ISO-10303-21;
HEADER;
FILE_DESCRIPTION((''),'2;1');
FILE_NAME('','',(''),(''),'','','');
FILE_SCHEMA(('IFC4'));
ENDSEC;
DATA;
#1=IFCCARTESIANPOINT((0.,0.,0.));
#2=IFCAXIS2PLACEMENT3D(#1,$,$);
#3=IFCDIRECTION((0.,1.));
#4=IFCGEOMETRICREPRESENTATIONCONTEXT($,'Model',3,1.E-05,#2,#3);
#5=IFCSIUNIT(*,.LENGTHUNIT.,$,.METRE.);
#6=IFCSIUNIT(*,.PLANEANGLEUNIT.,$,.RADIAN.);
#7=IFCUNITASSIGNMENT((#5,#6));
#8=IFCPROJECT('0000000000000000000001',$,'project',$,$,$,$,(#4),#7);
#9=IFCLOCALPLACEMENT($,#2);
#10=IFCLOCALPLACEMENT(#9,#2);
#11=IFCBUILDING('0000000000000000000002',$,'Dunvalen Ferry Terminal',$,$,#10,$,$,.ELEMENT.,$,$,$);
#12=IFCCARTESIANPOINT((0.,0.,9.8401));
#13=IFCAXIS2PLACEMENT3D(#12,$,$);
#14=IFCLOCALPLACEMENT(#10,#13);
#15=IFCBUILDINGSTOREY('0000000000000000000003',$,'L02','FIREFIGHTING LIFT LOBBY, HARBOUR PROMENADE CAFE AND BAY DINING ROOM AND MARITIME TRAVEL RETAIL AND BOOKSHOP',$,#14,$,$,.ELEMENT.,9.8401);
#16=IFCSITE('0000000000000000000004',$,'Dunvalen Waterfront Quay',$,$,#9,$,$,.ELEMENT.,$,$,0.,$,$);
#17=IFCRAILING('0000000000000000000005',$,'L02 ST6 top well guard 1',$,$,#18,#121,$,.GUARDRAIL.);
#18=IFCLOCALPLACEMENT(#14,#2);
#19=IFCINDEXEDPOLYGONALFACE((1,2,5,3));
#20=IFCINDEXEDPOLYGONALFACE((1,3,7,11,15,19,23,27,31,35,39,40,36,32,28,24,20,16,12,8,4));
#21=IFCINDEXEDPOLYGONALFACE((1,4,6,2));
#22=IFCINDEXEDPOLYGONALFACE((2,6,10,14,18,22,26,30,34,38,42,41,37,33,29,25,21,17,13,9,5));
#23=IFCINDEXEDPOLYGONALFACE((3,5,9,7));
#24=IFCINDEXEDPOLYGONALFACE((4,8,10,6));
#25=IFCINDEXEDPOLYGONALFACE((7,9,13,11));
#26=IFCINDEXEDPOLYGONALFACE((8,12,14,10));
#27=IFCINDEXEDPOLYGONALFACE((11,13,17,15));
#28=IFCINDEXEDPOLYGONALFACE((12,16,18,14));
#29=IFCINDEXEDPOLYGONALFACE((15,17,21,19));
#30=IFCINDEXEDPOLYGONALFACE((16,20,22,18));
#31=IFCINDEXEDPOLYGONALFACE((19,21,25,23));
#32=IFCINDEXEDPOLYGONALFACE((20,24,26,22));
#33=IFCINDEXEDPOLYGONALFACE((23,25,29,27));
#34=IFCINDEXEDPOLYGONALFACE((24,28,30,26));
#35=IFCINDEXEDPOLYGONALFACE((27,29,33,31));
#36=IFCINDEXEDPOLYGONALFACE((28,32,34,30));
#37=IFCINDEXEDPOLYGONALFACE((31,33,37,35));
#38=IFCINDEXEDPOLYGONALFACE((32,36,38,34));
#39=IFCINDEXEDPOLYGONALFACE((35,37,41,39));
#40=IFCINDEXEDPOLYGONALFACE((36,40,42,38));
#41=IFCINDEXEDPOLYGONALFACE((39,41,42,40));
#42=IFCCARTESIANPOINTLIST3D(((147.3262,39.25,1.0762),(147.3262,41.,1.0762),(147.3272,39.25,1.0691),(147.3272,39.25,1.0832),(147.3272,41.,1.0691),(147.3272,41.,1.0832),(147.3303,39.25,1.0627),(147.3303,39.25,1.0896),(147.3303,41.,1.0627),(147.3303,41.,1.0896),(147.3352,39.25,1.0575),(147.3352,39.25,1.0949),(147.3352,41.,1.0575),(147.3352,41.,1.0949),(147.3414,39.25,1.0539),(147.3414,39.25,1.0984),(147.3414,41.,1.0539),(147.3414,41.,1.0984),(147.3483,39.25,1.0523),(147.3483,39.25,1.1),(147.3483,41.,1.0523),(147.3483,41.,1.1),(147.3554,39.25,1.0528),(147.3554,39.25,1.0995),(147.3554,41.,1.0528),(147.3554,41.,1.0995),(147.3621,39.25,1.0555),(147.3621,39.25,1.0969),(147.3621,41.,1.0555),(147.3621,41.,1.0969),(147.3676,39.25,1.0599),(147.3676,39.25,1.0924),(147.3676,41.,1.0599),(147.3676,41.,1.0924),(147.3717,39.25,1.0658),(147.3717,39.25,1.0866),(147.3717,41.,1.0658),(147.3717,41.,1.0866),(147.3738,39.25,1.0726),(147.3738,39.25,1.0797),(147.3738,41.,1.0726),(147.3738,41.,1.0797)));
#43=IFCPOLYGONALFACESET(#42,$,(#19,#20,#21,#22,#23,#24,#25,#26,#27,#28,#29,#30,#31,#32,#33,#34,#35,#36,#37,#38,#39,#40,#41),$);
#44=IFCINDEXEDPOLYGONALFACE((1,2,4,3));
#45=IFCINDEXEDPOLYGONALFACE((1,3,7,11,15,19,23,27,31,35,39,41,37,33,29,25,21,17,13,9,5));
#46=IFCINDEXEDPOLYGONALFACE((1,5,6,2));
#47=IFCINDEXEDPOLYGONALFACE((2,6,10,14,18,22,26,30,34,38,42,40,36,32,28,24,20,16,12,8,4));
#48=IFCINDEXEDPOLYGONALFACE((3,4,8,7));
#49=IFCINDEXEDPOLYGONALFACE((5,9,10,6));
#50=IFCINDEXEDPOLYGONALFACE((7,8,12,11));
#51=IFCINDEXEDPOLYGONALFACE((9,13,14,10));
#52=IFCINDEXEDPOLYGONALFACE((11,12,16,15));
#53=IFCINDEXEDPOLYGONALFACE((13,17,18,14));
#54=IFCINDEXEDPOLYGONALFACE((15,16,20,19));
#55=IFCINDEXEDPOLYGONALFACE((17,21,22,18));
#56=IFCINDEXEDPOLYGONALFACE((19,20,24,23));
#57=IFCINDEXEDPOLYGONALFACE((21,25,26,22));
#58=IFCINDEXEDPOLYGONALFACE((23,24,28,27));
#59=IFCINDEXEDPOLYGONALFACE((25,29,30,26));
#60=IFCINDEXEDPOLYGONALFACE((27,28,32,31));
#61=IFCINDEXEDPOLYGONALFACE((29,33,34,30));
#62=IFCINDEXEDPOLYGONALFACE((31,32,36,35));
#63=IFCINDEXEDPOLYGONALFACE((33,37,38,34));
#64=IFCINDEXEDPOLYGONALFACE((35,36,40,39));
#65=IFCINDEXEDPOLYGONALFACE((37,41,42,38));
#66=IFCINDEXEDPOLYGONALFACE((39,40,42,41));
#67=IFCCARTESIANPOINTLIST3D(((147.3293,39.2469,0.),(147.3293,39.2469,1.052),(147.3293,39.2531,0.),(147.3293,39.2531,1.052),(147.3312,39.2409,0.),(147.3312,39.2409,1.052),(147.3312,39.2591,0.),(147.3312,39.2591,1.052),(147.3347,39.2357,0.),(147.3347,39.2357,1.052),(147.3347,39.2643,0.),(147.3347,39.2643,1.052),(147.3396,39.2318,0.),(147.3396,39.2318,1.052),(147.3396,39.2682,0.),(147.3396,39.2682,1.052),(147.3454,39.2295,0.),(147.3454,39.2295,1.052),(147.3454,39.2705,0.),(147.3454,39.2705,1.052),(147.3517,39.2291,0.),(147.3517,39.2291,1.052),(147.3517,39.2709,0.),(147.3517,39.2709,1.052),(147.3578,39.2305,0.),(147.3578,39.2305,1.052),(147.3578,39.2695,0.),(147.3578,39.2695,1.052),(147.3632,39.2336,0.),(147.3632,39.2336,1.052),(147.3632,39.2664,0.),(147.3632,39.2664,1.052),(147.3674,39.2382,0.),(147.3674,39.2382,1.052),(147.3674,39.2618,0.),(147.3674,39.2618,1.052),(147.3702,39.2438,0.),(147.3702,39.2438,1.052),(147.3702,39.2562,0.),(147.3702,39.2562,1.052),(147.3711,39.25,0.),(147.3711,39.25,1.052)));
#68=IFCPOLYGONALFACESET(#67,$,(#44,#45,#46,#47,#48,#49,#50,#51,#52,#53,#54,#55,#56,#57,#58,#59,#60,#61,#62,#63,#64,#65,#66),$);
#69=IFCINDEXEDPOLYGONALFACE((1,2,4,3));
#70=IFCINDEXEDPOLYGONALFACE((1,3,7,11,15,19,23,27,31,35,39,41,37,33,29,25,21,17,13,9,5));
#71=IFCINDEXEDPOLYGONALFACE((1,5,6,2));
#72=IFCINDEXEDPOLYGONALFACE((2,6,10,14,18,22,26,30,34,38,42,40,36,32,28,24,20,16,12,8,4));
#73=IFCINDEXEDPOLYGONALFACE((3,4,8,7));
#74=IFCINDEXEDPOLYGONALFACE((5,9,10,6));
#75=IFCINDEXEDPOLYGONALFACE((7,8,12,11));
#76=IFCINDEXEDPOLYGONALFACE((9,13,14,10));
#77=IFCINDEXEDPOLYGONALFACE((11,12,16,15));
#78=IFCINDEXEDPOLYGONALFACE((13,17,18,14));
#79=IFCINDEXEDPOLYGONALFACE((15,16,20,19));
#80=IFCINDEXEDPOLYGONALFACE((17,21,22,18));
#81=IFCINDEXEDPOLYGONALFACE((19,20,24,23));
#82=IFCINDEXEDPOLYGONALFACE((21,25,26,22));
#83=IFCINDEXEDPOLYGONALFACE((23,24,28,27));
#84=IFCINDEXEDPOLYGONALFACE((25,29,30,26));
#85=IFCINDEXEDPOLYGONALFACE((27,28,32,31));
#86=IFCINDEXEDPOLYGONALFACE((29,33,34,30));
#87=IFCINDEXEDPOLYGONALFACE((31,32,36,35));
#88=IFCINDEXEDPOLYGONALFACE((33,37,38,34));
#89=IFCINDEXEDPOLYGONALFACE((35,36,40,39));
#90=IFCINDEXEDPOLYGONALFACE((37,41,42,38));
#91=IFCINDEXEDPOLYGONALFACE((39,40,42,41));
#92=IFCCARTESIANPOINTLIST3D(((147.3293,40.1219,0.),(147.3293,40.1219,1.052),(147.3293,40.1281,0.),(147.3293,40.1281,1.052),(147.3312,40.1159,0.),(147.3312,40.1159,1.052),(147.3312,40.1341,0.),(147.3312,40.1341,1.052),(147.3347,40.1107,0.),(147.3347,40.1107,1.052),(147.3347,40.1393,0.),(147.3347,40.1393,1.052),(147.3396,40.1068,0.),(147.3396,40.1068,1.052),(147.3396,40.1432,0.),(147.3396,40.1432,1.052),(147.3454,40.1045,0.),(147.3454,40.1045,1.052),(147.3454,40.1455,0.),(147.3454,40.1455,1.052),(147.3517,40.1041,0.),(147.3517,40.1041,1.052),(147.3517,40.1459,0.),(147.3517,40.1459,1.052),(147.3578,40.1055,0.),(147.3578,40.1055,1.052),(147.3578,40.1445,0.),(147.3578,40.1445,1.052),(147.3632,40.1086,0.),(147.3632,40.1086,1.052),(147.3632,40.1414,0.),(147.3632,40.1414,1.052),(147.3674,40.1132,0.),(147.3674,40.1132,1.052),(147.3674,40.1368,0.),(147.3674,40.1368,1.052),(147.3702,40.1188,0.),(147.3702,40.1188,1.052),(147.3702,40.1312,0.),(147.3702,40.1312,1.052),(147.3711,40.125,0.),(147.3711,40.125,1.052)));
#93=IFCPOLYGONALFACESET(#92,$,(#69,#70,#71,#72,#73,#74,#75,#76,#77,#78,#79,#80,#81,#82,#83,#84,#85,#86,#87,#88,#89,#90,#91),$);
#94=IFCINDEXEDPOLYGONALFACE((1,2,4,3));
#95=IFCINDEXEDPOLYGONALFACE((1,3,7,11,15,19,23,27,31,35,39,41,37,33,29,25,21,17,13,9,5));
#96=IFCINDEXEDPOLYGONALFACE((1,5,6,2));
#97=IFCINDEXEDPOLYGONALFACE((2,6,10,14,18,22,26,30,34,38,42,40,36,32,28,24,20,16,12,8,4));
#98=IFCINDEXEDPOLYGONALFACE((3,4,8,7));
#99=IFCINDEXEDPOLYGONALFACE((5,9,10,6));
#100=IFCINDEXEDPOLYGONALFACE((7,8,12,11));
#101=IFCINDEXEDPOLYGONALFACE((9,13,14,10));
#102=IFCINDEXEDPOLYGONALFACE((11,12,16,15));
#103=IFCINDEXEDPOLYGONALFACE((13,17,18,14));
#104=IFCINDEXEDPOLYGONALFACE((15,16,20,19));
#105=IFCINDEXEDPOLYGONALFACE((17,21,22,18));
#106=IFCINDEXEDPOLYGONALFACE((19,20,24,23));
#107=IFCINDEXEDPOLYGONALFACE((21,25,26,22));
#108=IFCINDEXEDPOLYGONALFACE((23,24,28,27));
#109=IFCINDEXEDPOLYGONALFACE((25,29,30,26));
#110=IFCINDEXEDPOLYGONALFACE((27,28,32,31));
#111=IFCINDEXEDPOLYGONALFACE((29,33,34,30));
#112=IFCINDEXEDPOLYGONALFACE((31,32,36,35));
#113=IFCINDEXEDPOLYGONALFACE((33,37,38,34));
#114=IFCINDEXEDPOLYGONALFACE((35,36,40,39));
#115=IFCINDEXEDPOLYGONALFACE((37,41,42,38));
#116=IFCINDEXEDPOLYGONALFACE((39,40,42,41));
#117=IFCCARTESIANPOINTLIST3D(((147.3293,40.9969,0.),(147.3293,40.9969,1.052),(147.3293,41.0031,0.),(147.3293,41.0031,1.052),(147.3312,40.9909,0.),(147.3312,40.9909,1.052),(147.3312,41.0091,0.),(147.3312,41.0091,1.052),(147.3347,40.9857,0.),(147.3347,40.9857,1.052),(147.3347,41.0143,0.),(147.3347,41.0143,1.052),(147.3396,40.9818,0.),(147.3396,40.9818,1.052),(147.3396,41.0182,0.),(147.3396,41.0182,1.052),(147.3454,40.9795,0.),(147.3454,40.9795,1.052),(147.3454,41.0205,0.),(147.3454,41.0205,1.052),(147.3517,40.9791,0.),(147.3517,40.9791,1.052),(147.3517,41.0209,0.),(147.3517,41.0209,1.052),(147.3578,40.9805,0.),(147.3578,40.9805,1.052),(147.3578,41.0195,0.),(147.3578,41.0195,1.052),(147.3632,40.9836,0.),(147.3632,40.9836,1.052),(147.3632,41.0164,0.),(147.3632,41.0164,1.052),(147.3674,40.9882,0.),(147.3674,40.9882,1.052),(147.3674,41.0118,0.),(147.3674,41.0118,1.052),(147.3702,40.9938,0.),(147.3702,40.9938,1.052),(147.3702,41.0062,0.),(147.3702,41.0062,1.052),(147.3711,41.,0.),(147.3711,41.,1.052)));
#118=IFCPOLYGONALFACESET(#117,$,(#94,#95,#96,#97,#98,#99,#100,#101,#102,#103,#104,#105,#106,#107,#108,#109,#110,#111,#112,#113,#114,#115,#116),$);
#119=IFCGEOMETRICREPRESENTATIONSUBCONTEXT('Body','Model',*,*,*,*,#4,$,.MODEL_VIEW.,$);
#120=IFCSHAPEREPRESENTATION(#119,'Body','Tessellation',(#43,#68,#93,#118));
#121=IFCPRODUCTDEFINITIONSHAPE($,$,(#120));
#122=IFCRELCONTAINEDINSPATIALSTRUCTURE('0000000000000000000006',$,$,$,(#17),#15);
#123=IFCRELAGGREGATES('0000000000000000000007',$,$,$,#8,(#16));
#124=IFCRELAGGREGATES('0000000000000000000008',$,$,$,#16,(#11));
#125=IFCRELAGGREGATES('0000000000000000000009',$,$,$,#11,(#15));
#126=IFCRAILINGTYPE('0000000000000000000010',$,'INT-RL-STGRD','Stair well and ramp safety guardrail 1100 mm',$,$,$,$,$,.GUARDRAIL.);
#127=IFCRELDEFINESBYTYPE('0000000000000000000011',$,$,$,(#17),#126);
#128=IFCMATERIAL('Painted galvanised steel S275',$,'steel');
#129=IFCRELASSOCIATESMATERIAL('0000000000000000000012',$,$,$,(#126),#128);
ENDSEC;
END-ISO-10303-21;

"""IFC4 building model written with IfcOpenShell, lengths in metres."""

from ifc_helpers import new_model, si_unit, direction, frame, origin, origin_2d, place, context, subcontext, project, spatial, circle, extrude, material, type_object, element, save


model = new_model("IFC4")

# Units and contexts
model_context = context("Model", 3, precision=1e-05, world=origin(), true_north=direction((0.0, 1.0)))
body_context = subcontext(model_context, "Body", "Model", "MODEL_VIEW")
ifc_project = project(units=[si_unit("LENGTHUNIT", "METRE"), si_unit("PLANEANGLEUNIT", "RADIAN")], contexts=[model_context])

# Site, building, storey
site_placement = place(None, origin())
site = spatial("IfcSite", under=ifc_project, at=site_placement, Name="Dunvalen Waterfront Quay", CompositionType="ELEMENT", RefElevation=0.0)
building_placement = place(site_placement, origin())
building = spatial("IfcBuilding", under=site, at=building_placement, Name="Dunvalen Ferry Terminal", CompositionType="ELEMENT")
storey_placement = place(building_placement, frame((0.0, 0.0, 9.8401)))
storey = spatial("IfcBuildingStorey", under=building, at=storey_placement, Name="L02", Description="FIREFIGHTING LIFT LOBBY, HARBOUR PROMENADE CAFE AND BAY DINING ROOM AND MARITIME TRAVEL RETAIL AND BOOKSHOP", CompositionType="ELEMENT", Elevation=9.8401)

# Railing
ifc_material_1 = material(Name="Painted galvanised steel S275", Category="steel")
railing_type_1 = type_object("IfcRailingType", Name="INT-RL-STGRD", Description="Stair well and ramp safety guardrail 1100 mm", PredefinedType="GUARDRAIL", material=ifc_material_1)
railing_1_placement = place(storey_placement, frame((147.3501, 39.25, 0.0)))
element("IfcRailing", 1, at=railing_1_placement, inside=storey, type_object=railing_type_1, Name="L02 ST6 top well guard 1", PredefinedType="GUARDRAIL", context=body_context, shape_type="SweptSolid", body=[
    extrude(circle(Radius=0.0239, at=origin_2d()), frame((0.0, 0.0, 1.0762), z_axis=(0.0, 1.0, 0.0), x_axis=(-1.0, 0.0, 0.0)), (0.0, 0.0, 1.0), 1.75),
    extrude(circle(Radius=0.021, at=origin_2d()), origin(), (0.0, 0.0, 1.0), 1.052),
    extrude(circle(Radius=0.021, at=origin_2d()), frame((0.0, 0.875, 0.0)), (0.0, 0.0, 1.0), 1.052),
    extrude(circle(Radius=0.021, at=origin_2d()), frame((0.0, 1.75, 0.0)), (0.0, 0.0, 1.0), 1.052),
])

save(model, "model.ifc")
